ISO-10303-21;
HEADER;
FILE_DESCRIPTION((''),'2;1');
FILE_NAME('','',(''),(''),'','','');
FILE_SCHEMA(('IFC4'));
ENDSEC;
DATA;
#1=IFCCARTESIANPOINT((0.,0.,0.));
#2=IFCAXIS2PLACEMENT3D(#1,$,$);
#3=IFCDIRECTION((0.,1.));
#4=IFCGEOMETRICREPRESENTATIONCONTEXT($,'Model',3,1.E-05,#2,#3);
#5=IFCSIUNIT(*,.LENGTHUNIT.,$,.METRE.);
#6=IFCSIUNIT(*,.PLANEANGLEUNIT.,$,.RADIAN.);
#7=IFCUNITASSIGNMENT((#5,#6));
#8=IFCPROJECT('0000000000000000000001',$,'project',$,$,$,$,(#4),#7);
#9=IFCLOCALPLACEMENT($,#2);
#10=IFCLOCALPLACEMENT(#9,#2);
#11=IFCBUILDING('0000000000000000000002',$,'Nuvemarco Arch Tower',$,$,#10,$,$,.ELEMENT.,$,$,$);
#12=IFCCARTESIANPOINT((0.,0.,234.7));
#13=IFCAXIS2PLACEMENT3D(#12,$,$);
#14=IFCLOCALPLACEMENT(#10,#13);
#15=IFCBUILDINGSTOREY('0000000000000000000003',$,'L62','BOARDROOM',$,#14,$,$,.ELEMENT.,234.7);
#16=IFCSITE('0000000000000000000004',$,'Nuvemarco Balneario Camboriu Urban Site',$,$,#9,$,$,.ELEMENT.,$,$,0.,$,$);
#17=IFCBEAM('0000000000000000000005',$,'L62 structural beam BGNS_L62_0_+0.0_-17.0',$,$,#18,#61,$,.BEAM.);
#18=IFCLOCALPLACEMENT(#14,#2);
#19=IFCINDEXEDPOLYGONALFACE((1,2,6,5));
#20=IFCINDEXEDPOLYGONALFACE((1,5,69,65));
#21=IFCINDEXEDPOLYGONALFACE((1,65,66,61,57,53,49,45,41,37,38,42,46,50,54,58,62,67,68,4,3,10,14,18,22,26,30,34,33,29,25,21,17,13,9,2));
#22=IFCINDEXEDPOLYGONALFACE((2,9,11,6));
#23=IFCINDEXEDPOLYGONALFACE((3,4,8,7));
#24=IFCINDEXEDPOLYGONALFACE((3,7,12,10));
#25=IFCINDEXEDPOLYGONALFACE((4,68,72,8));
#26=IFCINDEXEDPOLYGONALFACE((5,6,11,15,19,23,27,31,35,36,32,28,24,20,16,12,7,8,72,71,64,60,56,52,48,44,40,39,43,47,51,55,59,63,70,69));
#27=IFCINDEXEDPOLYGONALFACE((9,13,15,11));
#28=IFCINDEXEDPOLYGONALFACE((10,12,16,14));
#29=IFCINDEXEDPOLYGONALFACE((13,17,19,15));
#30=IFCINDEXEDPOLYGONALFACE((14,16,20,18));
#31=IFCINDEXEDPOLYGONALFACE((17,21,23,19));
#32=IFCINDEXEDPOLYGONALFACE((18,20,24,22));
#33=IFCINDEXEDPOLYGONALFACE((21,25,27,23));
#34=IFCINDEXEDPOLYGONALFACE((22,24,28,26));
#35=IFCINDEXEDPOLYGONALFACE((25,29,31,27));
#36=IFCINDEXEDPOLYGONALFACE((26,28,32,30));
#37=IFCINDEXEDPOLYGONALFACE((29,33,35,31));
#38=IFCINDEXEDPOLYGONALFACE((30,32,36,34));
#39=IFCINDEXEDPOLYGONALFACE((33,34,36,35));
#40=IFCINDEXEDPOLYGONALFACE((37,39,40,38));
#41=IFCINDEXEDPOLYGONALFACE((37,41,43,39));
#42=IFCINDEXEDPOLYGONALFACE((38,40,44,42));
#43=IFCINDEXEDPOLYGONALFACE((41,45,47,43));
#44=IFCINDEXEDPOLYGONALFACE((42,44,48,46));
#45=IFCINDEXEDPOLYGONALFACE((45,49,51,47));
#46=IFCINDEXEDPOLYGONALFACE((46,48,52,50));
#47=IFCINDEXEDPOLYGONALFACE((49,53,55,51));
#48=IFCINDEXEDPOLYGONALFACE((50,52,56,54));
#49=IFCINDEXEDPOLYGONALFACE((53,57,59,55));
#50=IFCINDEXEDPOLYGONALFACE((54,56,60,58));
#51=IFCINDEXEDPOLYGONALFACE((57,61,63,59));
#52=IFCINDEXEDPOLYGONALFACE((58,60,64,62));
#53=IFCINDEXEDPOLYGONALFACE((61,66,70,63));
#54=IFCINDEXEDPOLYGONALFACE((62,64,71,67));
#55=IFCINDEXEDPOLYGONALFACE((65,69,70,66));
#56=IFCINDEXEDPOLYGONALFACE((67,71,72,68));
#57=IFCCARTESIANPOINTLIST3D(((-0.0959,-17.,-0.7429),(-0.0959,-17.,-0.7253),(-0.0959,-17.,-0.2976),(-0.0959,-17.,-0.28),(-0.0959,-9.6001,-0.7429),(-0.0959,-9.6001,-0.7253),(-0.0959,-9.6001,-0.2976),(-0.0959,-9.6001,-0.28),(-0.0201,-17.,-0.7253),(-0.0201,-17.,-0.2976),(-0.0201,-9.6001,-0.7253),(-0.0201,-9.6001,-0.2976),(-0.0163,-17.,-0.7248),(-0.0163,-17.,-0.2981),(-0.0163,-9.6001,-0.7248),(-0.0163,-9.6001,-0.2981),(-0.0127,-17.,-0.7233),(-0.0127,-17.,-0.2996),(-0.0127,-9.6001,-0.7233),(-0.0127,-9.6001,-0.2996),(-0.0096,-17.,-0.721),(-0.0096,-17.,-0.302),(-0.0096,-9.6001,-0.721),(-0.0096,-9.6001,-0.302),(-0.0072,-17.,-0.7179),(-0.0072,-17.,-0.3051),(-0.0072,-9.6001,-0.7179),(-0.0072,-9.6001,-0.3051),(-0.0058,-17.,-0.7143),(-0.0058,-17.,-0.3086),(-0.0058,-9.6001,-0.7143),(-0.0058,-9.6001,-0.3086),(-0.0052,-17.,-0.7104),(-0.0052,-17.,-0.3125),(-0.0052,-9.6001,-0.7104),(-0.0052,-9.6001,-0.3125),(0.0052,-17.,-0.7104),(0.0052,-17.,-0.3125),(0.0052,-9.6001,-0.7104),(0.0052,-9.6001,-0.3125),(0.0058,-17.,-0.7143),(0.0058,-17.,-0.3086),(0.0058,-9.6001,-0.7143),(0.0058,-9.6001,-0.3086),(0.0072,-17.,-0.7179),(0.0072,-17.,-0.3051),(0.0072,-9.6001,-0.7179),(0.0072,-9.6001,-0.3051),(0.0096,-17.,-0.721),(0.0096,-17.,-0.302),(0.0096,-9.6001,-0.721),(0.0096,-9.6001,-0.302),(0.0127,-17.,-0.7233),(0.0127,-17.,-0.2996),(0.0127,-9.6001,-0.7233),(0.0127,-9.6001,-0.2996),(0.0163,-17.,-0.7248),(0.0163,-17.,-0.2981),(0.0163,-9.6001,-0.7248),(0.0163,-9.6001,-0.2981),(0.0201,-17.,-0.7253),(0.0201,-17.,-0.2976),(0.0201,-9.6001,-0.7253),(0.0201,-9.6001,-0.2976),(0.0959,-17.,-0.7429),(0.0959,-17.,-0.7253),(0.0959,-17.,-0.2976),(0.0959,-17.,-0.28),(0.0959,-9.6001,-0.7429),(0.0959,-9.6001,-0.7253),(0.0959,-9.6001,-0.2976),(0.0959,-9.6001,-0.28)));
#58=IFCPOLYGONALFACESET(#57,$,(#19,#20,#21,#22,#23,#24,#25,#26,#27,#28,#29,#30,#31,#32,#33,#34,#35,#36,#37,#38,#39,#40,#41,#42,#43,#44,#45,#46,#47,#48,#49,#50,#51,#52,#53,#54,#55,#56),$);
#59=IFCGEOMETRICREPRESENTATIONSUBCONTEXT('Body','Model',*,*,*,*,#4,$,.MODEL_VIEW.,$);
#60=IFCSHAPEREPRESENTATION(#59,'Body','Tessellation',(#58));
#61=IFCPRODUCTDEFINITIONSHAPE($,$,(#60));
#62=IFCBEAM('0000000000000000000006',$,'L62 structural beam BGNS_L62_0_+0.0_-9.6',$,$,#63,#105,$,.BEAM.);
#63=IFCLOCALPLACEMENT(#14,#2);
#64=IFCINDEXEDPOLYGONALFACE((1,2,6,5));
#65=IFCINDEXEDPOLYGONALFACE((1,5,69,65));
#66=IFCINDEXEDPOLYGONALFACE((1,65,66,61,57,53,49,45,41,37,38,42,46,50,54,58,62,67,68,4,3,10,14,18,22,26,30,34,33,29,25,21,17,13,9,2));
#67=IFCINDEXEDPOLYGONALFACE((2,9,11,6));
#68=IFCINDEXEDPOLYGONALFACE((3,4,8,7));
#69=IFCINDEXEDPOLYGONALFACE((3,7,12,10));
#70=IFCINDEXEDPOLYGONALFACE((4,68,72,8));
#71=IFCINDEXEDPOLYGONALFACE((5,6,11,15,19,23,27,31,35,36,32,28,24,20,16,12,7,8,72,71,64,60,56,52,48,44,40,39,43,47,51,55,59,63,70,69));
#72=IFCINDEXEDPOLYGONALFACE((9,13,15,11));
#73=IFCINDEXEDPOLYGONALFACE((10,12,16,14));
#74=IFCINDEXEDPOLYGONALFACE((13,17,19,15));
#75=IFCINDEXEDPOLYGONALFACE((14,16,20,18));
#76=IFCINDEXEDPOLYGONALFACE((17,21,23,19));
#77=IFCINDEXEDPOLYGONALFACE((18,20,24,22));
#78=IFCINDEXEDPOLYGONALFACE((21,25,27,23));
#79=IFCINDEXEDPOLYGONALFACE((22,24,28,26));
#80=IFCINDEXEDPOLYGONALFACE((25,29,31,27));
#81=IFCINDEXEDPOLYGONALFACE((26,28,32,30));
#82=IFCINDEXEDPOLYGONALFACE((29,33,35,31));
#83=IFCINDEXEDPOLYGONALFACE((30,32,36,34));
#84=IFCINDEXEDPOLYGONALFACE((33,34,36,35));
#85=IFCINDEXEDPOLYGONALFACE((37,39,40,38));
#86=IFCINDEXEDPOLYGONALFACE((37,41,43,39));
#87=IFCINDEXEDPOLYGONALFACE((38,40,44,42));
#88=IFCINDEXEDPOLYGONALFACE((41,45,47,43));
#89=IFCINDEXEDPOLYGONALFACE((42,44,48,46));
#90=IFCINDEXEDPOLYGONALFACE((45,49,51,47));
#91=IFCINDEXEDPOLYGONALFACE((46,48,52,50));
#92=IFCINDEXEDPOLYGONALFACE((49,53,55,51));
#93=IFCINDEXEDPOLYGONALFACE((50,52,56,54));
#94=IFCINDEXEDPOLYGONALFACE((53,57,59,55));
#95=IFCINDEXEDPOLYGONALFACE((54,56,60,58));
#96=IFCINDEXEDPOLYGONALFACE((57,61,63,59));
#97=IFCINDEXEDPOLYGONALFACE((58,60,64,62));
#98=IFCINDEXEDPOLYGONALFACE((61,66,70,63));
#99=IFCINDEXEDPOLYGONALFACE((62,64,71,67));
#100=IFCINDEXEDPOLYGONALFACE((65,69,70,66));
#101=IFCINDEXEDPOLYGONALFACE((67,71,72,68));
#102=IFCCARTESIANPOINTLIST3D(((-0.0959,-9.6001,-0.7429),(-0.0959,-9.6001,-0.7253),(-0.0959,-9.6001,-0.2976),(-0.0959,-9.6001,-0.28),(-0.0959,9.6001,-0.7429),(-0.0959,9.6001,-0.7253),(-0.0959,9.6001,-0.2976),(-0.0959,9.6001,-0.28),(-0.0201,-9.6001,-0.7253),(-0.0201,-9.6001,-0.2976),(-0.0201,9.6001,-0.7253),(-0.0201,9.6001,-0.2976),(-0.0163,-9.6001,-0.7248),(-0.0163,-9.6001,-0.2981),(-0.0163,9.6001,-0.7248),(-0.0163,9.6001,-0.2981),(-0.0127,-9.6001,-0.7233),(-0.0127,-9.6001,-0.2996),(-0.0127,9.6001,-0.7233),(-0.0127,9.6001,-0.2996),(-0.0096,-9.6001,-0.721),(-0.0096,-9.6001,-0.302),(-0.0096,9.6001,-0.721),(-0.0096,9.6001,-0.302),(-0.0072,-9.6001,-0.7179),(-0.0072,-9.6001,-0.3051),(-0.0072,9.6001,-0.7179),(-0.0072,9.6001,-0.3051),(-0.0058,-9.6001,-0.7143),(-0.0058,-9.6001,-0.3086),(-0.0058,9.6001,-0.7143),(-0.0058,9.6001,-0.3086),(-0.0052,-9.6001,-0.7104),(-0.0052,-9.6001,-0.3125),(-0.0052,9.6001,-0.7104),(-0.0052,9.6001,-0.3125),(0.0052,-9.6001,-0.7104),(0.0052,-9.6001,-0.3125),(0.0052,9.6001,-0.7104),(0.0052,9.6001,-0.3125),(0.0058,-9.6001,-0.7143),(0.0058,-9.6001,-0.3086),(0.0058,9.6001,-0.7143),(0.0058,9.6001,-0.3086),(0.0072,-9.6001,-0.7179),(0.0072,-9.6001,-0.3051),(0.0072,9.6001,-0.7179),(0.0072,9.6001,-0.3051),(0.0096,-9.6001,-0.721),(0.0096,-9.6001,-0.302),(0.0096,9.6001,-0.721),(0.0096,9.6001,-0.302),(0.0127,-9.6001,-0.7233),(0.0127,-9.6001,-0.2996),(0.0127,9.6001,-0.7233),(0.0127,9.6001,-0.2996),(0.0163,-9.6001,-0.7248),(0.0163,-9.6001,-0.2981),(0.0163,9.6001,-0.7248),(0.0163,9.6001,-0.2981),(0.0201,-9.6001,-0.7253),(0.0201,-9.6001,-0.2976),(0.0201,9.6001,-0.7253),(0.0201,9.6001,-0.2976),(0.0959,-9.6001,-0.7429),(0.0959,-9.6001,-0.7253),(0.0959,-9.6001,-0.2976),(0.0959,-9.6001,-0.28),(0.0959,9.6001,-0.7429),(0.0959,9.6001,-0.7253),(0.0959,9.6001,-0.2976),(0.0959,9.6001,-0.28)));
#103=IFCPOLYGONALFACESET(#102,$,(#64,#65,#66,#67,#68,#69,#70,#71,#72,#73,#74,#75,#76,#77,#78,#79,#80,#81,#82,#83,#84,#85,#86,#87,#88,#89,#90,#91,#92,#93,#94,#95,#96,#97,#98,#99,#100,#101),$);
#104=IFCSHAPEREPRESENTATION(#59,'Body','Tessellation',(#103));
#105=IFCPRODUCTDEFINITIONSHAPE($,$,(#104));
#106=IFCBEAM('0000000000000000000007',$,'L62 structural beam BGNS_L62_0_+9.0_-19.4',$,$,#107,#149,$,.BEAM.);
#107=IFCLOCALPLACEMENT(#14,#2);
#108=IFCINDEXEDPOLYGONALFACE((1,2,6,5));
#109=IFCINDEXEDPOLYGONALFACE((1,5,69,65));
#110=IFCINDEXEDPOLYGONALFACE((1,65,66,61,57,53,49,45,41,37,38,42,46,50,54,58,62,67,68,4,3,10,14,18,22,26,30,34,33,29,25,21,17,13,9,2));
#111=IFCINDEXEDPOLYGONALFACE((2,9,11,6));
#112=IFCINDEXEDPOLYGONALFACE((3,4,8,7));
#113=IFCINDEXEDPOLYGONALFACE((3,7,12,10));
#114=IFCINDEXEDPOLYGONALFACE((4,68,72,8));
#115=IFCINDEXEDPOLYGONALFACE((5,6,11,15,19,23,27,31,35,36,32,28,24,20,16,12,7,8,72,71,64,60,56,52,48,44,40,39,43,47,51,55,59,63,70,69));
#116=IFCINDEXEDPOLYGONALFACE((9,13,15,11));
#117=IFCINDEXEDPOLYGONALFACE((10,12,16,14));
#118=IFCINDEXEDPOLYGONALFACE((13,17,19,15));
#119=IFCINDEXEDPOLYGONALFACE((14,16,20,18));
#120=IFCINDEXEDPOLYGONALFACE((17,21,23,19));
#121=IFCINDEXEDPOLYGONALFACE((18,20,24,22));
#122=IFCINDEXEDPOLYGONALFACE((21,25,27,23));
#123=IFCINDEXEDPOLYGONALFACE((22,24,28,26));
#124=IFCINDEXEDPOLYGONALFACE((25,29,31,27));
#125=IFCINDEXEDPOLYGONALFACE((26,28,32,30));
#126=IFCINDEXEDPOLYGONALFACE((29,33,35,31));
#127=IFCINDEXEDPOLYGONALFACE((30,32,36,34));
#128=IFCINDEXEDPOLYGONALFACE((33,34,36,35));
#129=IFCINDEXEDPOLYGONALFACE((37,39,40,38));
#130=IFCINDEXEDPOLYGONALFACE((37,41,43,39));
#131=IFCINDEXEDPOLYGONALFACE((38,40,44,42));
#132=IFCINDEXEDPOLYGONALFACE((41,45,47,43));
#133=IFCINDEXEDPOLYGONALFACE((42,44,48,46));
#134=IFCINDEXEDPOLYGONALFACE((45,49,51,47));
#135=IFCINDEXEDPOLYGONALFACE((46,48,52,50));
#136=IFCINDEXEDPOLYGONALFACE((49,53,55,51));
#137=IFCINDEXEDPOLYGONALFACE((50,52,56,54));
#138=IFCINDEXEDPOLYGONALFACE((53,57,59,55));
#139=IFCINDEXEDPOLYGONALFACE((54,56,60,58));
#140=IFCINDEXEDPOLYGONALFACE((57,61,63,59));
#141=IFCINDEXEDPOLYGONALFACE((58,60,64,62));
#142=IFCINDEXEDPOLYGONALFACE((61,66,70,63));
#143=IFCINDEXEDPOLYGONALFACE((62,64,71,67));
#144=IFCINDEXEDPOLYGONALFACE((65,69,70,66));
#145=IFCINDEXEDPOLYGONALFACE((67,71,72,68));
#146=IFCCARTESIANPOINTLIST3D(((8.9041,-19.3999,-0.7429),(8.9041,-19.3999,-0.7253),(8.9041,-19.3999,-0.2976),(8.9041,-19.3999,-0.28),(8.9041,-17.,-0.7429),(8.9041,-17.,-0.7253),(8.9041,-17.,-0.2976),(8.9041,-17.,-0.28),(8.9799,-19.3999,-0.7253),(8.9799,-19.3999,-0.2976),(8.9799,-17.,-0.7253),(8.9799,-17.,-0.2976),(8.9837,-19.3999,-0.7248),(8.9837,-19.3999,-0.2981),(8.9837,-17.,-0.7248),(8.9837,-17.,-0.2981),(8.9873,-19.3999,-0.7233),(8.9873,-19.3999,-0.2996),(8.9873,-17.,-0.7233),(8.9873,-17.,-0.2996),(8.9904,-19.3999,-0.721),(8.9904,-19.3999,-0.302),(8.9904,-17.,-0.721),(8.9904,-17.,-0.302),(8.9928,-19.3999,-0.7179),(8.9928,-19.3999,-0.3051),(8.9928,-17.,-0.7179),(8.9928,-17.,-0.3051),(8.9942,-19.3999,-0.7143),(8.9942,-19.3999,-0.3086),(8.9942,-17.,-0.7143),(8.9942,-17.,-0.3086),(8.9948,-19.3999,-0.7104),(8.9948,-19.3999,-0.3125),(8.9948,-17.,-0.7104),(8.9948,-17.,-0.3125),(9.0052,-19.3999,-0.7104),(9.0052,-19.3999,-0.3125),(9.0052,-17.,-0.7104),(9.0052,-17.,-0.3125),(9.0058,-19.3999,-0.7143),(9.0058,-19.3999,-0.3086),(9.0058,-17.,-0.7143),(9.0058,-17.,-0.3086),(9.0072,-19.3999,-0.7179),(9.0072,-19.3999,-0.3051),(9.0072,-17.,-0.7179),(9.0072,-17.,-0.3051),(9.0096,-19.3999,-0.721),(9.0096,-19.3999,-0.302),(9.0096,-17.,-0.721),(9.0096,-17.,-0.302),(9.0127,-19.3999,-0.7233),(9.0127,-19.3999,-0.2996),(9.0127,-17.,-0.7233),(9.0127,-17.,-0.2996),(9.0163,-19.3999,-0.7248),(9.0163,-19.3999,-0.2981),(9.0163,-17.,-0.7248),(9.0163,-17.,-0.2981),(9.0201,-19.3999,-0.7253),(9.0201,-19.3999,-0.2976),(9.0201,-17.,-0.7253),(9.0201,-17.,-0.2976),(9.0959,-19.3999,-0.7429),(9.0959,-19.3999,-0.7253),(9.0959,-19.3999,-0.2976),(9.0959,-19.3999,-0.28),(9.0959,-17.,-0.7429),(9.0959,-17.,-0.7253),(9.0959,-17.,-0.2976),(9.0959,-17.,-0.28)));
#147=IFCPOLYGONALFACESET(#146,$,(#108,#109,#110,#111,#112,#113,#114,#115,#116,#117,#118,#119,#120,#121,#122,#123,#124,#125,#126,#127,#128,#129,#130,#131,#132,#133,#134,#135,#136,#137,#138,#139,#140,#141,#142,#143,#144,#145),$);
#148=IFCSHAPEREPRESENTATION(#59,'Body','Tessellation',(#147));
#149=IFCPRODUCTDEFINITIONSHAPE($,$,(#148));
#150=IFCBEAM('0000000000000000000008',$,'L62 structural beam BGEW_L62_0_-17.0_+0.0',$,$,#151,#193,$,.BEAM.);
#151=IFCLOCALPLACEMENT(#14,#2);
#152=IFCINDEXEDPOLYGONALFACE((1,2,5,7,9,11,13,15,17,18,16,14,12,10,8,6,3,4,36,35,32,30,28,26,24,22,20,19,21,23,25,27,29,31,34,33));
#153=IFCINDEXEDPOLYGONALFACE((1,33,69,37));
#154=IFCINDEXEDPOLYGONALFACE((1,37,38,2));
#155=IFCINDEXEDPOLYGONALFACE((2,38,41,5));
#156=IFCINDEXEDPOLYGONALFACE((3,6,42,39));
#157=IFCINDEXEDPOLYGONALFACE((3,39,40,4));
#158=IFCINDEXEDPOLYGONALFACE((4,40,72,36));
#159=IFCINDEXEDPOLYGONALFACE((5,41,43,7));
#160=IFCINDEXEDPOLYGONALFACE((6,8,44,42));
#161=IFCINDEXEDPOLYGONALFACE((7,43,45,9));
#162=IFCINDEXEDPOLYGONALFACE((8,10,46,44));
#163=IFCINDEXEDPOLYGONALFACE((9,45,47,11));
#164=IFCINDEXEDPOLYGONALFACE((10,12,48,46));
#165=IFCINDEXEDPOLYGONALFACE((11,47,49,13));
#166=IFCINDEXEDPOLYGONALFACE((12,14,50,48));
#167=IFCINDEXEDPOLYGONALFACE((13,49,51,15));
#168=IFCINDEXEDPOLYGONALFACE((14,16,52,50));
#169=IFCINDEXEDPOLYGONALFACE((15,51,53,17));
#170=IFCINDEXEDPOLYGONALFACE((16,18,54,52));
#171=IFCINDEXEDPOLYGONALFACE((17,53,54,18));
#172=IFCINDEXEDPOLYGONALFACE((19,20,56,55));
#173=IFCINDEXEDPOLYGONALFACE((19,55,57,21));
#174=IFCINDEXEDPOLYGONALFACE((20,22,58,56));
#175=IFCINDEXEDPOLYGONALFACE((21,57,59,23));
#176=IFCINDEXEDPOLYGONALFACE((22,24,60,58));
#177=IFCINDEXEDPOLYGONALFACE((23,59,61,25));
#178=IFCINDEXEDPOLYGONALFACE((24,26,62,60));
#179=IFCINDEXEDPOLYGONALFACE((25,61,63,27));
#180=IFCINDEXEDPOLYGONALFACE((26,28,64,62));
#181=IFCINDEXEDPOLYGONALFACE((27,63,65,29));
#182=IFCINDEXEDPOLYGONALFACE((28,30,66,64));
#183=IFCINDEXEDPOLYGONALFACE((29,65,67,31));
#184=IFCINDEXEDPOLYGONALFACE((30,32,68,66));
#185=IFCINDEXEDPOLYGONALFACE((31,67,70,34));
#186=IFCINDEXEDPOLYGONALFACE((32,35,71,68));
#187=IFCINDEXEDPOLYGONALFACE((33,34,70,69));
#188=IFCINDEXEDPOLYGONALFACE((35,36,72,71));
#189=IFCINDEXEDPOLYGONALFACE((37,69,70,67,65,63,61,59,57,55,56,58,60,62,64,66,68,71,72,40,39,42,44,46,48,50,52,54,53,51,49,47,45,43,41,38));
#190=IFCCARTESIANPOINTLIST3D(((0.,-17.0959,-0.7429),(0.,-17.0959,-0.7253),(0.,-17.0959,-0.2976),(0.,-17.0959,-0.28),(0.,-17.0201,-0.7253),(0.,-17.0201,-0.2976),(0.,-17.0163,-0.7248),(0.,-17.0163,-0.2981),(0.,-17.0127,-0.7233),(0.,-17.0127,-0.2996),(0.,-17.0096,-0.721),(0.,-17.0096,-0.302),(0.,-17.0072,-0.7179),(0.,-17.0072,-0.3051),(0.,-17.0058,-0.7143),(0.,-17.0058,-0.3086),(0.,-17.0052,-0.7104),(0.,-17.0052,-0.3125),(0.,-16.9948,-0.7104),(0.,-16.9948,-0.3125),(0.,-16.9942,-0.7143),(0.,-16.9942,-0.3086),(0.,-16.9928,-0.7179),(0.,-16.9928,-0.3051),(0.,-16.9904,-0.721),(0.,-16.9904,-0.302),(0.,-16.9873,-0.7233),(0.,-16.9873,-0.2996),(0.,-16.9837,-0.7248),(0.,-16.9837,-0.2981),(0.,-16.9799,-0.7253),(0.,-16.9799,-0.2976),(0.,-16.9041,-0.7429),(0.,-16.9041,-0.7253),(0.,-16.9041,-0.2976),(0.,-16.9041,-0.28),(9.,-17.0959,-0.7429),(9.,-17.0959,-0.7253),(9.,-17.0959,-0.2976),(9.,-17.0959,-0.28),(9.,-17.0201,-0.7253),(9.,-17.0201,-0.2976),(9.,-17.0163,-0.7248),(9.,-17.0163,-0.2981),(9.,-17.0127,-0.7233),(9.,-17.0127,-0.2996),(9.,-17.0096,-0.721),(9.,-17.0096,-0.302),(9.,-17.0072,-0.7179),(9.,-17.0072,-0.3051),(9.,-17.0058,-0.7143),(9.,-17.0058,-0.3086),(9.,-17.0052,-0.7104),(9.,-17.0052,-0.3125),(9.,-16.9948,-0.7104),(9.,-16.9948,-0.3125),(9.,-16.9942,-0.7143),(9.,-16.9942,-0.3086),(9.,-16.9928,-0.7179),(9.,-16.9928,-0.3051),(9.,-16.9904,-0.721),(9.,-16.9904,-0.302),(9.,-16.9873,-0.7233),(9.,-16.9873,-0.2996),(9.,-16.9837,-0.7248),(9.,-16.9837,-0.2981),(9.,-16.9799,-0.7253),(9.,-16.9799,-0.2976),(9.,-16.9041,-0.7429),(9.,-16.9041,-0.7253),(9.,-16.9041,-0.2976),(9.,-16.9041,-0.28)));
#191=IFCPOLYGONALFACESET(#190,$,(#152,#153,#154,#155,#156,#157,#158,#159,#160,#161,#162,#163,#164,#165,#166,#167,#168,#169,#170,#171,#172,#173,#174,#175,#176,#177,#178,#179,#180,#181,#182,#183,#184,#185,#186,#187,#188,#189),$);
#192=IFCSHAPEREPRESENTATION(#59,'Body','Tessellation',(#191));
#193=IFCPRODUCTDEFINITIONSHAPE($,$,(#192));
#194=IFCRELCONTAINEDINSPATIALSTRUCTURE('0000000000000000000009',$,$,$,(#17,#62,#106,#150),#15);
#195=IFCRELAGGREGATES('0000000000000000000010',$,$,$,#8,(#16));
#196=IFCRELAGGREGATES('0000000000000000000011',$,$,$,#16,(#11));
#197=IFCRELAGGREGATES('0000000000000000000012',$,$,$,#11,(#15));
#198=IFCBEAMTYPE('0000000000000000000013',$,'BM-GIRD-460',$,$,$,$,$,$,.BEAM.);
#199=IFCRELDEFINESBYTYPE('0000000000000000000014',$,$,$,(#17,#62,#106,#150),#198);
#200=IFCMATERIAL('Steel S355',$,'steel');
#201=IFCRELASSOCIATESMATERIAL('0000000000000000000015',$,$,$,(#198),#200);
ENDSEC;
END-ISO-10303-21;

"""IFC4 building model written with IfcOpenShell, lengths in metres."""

from ifc_helpers import new_model, si_unit, direction, frame, origin, origin_2d, place, context, subcontext, project, spatial, i_section, extrude, material, material_profile, profile_set, type_object, element, save


model = new_model("IFC4")

# Units and contexts
model_context = context("Model", 3, precision=1e-05, world=origin(), true_north=direction((0.0, 1.0)))
body_context = subcontext(model_context, "Body", "Model", "MODEL_VIEW")
ifc_project = project(units=[si_unit("LENGTHUNIT", "METRE"), si_unit("PLANEANGLEUNIT", "RADIAN")], contexts=[model_context])

# Site, building, storey
site_placement = place(None, origin())
site = spatial("IfcSite", under=ifc_project, at=site_placement, Name="Nuvemarco Balneario Camboriu Urban Site", CompositionType="ELEMENT", RefElevation=0.0)
building_placement = place(site_placement, origin())
building = spatial("IfcBuilding", under=site, at=building_placement, Name="Nuvemarco Arch Tower", CompositionType="ELEMENT")
storey_placement = place(building_placement, frame((0.0, 0.0, 234.7)))
storey = spatial("IfcBuildingStorey", under=building, at=storey_placement, Name="L62", Description="BOARDROOM", CompositionType="ELEMENT", Elevation=234.7)

# Shared definitions
ifc_material_1 = material(Name="Steel S355", Category="steel")

# Beams
ifc_material_profile_1 = material_profile(ifc_material_1, i_section(OverallWidth=0.1919, OverallDepth=0.4629, WebThickness=0.0105, FlangeThickness=0.0176, FilletRadius=0.0149, at=origin_2d()), Name="W460x89")
ifc_profile_set_1 = profile_set([ifc_material_profile_1], Name="Steel S355")
beam_type_1 = type_object("IfcBeamType", Name="BM-GIRD-460", PredefinedType="BEAM", material=ifc_profile_set_1)
beam_1_placement = place(storey_placement, frame((0.0, -17.0, -0.5115), z_axis=(0.0, 1.0, 0.0), x_axis=(-1.0, 0.0, 0.0)))
element("IfcBeam", 1, at=beam_1_placement, inside=storey, type_object=beam_type_1, Name="L62 structural beam BGNS_L62_0_+0.0_-17.0", PredefinedType="BEAM", context=body_context, shape_type="SweptSolid", body=[
    extrude(i_section(OverallWidth=0.1919, OverallDepth=0.4629, WebThickness=0.0105, FlangeThickness=0.0176, FilletRadius=0.0149, at=origin_2d()), origin(), (0.0, 0.0, 1.0), 7.3999),
])
beam_2_placement = place(storey_placement, frame((0.0, -9.6001, -0.5115), z_axis=(0.0, 1.0, 0.0), x_axis=(-1.0, 0.0, 0.0)))
element("IfcBeam", 2, at=beam_2_placement, inside=storey, type_object=beam_type_1, Name="L62 structural beam BGNS_L62_0_+0.0_-9.6", PredefinedType="BEAM", context=body_context, shape_type="SweptSolid", body=[
    extrude(i_section(OverallWidth=0.1919, OverallDepth=0.4629, WebThickness=0.0105, FlangeThickness=0.0176, FilletRadius=0.0149, at=origin_2d()), origin(), (0.0, 0.0, 1.0), 19.2002),
])
beam_3_placement = place(storey_placement, frame((9.0, -19.3999, -0.5115), z_axis=(0.0, 1.0, 0.0), x_axis=(-1.0, 0.0, 0.0)))
element("IfcBeam", 3, at=beam_3_placement, inside=storey, type_object=beam_type_1, Name="L62 structural beam BGNS_L62_0_+9.0_-19.4", PredefinedType="BEAM", context=body_context, shape_type="SweptSolid", body=[
    extrude(i_section(OverallWidth=0.1919, OverallDepth=0.4629, WebThickness=0.0105, FlangeThickness=0.0176, FilletRadius=0.0149, at=origin_2d()), origin(), (0.0, 0.0, 1.0), 2.3999),
])
beam_4_placement = place(storey_placement, frame((0.0, -17.0, -0.5115), z_axis=(1.0, 0.0, 0.0), x_axis=(0.0, 1.0, 0.0)))
element("IfcBeam", 4, at=beam_4_placement, inside=storey, type_object=beam_type_1, Name="L62 structural beam BGEW_L62_0_-17.0_+0.0", PredefinedType="BEAM", context=body_context, shape_type="SweptSolid", body=[
    extrude(i_section(OverallWidth=0.1919, OverallDepth=0.4629, WebThickness=0.0105, FlangeThickness=0.0176, FilletRadius=0.0149, at=origin_2d()), origin(), (0.0, 0.0, 1.0), 9.0),
])

save(model, "model.ifc")
